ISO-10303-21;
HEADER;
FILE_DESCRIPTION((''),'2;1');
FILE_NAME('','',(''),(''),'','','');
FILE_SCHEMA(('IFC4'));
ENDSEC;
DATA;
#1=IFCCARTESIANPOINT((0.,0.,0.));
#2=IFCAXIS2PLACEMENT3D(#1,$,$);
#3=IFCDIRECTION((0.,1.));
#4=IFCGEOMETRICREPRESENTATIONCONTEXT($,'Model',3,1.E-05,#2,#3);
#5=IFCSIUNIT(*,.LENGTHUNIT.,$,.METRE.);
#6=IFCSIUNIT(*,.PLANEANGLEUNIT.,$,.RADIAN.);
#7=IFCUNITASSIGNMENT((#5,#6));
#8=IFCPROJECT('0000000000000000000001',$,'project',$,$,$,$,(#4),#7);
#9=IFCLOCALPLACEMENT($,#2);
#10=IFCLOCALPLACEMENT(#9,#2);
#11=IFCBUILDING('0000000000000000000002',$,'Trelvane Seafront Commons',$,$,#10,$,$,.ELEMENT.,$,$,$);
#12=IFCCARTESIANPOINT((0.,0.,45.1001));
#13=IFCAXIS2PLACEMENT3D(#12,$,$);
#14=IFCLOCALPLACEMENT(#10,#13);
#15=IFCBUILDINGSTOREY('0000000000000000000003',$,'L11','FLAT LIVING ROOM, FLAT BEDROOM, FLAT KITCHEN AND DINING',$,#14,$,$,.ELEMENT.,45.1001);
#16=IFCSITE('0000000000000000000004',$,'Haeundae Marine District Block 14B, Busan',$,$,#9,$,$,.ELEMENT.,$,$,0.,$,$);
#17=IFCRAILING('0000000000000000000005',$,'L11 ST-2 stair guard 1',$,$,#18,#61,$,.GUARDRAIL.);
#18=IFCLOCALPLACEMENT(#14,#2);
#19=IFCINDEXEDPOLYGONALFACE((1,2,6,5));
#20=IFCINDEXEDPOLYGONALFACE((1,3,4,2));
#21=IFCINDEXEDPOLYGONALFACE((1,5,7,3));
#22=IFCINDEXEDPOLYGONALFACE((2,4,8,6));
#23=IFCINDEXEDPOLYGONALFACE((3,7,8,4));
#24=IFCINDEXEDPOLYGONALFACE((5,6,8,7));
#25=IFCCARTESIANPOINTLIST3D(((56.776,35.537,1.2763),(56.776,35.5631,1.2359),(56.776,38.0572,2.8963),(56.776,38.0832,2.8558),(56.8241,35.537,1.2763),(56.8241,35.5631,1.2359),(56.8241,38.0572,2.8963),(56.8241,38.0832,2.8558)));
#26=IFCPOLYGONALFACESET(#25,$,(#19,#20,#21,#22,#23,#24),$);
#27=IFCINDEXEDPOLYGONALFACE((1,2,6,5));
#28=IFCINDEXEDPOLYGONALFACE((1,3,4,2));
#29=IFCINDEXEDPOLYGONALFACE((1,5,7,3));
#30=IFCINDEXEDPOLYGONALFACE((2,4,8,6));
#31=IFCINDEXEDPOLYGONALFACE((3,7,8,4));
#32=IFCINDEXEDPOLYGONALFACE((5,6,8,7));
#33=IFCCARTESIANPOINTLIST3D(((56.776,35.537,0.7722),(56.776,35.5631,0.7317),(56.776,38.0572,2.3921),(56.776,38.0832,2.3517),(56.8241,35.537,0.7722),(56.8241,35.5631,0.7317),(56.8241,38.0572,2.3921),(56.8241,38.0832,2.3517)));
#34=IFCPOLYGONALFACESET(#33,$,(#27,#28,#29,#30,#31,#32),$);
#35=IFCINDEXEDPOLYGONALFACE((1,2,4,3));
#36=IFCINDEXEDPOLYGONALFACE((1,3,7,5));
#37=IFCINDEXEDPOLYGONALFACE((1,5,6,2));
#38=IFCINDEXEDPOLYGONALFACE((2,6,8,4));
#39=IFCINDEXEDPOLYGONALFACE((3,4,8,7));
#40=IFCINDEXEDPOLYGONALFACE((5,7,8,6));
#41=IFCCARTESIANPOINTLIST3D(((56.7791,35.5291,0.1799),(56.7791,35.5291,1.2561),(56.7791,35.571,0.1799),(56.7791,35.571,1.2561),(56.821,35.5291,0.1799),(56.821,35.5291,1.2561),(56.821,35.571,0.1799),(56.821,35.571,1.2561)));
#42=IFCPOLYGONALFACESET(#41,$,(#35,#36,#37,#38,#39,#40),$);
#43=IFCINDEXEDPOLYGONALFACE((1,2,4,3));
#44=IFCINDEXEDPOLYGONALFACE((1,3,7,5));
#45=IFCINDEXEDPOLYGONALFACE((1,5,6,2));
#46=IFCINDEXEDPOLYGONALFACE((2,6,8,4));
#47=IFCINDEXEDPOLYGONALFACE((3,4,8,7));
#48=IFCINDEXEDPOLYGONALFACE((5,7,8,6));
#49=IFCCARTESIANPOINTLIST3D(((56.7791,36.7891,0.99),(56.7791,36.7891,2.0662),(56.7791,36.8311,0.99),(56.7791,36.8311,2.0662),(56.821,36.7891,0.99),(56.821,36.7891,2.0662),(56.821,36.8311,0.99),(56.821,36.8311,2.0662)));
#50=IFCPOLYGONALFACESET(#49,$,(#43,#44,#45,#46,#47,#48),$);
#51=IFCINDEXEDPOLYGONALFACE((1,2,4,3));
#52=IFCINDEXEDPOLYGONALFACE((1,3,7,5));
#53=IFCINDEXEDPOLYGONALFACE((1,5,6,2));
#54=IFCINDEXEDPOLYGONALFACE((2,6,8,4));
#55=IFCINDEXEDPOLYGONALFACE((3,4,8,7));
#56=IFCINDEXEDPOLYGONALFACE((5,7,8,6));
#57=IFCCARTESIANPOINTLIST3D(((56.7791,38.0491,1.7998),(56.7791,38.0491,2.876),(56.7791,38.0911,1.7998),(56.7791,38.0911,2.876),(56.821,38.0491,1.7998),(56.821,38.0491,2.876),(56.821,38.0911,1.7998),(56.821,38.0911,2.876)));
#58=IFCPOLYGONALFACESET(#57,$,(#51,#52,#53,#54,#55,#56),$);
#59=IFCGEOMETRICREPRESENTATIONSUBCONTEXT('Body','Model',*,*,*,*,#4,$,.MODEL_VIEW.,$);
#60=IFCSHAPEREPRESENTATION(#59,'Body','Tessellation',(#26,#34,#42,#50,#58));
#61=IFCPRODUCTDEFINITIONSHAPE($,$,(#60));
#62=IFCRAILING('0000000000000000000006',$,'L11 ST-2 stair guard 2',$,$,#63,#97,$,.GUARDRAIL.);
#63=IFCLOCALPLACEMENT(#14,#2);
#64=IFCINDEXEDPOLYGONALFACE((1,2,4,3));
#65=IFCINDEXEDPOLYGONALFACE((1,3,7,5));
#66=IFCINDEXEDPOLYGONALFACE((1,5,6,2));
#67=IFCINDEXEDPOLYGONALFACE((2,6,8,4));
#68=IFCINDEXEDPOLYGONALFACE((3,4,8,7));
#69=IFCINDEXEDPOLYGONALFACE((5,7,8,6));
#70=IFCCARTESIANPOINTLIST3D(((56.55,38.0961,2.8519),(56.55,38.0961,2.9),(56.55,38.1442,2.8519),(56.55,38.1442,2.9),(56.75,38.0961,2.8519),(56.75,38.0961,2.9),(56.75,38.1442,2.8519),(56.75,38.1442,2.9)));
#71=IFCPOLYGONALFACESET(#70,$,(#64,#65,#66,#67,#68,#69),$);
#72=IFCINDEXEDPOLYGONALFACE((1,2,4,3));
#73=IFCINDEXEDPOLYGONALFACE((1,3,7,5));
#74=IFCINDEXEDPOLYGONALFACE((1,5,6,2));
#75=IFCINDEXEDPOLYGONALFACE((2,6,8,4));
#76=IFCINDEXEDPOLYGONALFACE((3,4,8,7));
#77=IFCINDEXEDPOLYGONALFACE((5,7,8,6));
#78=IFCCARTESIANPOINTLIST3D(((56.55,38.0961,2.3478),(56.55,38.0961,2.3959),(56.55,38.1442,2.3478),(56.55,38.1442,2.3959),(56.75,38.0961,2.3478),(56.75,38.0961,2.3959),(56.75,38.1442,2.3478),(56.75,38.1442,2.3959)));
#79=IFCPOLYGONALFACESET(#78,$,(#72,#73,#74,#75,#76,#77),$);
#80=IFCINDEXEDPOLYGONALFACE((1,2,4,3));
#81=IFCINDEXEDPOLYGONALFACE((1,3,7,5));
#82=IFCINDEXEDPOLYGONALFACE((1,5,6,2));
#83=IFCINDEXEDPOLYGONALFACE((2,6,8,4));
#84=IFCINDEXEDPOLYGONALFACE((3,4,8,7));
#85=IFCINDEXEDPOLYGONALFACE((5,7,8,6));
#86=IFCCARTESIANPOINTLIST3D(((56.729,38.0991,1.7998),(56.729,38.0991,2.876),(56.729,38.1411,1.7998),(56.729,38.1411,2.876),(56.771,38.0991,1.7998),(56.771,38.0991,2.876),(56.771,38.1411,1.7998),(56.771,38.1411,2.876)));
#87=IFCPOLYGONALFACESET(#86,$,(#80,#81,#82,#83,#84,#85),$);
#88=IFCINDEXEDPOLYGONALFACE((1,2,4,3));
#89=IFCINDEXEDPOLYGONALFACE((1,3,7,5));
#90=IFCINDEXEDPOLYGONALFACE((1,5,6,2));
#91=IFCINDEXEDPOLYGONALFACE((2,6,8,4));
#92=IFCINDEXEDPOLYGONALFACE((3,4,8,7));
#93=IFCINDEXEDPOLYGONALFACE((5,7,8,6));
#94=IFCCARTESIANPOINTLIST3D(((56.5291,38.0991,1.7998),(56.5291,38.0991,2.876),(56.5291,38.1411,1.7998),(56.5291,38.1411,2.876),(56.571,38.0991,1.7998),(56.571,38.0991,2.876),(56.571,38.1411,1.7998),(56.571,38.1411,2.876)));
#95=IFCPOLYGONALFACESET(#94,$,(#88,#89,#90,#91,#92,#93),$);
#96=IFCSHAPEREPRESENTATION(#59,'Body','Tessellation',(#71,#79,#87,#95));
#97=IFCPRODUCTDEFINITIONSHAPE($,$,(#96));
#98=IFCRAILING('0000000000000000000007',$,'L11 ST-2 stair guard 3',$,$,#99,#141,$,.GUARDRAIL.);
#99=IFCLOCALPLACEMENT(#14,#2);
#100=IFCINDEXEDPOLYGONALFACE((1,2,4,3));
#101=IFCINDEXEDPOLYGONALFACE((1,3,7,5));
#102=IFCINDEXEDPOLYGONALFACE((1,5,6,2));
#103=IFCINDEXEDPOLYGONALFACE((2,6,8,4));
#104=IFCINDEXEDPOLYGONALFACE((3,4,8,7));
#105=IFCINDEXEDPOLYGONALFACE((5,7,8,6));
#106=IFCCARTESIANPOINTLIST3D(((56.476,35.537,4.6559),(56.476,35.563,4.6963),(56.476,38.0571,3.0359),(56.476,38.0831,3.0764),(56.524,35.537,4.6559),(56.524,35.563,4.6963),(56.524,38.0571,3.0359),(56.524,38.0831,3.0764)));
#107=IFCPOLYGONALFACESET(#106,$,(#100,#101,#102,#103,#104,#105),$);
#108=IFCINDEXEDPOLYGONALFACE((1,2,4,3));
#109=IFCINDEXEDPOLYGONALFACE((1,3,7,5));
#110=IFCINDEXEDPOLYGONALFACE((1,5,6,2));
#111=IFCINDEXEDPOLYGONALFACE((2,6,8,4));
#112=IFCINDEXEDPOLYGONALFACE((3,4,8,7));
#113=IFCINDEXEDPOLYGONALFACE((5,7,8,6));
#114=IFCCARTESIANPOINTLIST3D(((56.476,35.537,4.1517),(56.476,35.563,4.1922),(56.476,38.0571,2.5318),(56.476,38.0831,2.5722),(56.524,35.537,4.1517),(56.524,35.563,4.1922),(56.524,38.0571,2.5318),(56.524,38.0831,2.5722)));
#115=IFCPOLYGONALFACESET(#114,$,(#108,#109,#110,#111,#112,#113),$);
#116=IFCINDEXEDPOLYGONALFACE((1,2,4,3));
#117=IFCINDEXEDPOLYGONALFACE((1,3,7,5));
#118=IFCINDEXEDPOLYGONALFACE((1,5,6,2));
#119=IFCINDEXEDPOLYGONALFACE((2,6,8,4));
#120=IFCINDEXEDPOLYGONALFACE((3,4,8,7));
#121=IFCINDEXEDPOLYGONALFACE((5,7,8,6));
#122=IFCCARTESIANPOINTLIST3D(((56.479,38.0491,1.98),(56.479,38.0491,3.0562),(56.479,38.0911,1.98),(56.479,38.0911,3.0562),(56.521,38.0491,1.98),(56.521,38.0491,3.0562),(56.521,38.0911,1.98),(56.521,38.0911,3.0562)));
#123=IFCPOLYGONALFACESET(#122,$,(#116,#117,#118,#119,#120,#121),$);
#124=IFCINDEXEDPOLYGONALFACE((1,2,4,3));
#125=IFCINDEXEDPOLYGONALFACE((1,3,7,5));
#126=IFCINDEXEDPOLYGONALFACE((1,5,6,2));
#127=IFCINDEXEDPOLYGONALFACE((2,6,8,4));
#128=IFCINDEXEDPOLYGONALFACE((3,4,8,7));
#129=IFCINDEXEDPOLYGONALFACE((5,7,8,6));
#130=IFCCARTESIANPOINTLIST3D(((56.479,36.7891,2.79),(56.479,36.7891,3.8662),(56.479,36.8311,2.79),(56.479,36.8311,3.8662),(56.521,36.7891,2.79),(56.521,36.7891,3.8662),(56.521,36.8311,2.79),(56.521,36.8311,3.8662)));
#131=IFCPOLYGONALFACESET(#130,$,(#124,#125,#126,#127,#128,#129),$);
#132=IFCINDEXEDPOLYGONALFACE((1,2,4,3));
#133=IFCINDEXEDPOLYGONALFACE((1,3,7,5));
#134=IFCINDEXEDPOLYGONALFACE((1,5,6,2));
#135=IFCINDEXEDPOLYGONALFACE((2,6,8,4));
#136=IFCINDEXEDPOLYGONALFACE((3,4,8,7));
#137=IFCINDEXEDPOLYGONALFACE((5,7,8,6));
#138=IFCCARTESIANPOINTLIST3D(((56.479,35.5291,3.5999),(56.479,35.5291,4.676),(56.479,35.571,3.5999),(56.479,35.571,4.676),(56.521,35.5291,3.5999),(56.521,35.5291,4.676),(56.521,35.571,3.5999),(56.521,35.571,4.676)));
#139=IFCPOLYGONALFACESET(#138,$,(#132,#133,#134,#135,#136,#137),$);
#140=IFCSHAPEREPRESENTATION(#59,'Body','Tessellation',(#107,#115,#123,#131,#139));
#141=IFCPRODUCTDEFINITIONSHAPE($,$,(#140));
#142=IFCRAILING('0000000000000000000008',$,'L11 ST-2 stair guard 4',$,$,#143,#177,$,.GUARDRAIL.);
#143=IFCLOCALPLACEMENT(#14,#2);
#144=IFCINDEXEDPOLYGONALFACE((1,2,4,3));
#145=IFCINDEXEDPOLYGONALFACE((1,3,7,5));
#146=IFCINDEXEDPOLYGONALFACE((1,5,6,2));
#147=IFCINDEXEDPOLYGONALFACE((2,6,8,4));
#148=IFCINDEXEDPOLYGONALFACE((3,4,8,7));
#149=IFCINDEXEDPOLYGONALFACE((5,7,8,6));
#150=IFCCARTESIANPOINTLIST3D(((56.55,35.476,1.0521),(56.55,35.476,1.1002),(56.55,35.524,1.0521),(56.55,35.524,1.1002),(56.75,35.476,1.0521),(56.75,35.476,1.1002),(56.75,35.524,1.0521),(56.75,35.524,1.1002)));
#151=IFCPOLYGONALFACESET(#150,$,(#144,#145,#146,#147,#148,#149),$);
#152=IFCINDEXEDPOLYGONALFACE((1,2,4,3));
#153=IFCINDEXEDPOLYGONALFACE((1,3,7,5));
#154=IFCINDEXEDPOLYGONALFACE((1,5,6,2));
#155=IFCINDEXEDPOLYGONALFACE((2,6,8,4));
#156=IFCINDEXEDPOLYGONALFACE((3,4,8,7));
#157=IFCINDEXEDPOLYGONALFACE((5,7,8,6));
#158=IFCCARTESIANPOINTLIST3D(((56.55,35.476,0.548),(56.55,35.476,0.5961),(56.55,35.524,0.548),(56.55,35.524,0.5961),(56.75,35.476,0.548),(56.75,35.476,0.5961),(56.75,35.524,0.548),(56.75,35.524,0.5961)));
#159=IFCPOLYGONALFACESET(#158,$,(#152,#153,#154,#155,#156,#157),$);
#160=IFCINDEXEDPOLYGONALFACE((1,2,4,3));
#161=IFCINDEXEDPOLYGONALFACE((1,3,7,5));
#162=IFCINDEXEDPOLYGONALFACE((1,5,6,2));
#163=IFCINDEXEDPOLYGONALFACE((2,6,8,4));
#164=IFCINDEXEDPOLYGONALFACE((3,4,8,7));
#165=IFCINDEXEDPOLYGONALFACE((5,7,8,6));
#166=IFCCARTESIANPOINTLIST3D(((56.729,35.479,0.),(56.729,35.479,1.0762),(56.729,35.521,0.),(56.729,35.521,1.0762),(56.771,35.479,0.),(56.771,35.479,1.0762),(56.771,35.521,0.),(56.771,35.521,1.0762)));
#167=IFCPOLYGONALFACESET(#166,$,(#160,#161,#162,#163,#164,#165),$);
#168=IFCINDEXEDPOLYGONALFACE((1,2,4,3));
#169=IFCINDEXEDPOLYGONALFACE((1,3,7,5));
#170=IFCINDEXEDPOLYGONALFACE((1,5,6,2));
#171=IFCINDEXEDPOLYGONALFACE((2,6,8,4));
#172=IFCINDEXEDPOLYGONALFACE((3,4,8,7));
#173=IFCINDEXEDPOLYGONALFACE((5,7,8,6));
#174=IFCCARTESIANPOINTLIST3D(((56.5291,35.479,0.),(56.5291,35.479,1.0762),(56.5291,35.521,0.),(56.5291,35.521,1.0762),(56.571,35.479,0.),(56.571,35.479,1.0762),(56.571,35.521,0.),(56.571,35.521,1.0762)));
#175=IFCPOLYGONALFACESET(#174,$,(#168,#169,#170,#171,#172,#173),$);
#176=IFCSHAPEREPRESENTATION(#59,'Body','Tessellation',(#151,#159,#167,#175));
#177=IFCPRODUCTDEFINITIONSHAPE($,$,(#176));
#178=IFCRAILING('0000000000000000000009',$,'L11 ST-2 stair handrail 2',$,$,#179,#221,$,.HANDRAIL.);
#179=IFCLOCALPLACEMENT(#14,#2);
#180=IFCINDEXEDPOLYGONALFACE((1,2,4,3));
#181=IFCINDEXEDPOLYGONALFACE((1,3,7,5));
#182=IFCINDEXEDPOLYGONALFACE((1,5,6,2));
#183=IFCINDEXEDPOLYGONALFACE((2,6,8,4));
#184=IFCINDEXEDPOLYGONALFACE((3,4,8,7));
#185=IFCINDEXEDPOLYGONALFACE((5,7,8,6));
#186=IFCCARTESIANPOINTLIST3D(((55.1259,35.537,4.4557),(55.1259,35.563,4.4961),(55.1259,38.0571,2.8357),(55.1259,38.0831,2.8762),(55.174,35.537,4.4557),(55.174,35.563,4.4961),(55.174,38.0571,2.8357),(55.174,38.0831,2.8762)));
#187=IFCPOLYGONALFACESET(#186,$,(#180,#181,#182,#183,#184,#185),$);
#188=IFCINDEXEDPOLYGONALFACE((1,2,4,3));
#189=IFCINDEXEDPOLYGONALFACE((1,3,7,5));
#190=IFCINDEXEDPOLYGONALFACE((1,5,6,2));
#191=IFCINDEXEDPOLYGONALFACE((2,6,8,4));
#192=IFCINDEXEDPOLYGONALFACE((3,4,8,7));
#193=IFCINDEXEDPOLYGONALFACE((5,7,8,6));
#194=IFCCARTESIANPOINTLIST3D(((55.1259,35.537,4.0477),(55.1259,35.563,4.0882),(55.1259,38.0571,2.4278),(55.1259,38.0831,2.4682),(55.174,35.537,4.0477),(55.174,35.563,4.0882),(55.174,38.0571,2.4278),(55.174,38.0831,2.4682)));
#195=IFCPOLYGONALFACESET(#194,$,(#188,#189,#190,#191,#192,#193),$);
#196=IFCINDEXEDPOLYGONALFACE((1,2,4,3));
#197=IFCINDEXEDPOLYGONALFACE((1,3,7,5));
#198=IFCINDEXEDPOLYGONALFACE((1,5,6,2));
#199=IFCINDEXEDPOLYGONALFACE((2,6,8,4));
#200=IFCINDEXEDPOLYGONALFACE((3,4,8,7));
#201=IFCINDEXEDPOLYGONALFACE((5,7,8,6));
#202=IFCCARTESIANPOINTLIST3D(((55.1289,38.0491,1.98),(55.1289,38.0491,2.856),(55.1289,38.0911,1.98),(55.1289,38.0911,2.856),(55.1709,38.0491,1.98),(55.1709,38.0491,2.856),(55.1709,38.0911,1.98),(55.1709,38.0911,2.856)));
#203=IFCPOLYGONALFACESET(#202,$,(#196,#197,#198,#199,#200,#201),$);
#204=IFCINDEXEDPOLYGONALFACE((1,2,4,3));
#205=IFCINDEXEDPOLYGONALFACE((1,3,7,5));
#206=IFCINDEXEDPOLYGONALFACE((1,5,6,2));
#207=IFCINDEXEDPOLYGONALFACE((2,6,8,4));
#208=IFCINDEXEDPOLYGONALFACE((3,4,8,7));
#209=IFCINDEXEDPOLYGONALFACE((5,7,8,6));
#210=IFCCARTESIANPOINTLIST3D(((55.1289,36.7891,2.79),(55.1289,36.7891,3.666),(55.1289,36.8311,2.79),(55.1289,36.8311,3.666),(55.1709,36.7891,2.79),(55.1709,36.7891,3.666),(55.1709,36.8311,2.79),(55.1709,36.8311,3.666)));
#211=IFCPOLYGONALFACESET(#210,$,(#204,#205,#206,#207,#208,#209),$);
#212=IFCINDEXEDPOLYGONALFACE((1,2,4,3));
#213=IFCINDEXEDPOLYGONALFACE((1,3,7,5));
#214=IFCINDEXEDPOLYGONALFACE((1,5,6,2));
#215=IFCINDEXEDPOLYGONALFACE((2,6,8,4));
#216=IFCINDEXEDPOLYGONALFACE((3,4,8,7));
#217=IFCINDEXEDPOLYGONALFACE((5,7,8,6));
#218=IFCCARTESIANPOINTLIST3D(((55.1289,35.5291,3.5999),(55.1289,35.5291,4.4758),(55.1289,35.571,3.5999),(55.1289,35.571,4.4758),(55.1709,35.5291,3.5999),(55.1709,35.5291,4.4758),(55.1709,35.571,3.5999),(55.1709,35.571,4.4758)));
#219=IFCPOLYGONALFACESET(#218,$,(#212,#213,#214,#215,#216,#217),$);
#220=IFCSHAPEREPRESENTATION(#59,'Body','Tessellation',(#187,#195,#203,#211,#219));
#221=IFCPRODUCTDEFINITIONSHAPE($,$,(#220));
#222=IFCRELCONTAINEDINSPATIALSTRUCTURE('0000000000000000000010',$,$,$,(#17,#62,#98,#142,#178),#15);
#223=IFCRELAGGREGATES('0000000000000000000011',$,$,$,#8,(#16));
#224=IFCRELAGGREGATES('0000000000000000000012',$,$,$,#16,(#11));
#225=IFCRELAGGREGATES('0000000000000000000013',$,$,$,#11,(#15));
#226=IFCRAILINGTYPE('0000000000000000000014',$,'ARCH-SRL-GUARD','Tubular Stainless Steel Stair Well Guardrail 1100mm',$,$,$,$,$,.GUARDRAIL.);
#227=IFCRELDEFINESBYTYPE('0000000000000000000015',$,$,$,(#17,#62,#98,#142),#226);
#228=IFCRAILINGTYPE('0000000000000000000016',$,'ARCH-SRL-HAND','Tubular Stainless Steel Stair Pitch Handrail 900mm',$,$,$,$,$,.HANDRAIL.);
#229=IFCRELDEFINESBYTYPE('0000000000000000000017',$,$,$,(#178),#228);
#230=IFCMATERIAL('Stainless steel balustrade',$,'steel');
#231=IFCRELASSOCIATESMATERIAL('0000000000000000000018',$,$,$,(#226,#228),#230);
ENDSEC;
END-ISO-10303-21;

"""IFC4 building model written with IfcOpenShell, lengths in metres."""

from ifc_helpers import new_model, si_unit, direction, frame, origin, origin_2d, place, context, subcontext, project, spatial, rectangle, extrude, material, type_object, element, save


model = new_model("IFC4")

# Units and contexts
model_context = context("Model", 3, precision=1e-05, world=origin(), true_north=direction((0.0, 1.0)))
body_context = subcontext(model_context, "Body", "Model", "MODEL_VIEW")
ifc_project = project(units=[si_unit("LENGTHUNIT", "METRE"), si_unit("PLANEANGLEUNIT", "RADIAN")], contexts=[model_context])

# Site, building, storey
site_placement = place(None, origin())
site = spatial("IfcSite", under=ifc_project, at=site_placement, Name="Haeundae Marine District Block 14B, Busan", CompositionType="ELEMENT", RefElevation=0.0)
building_placement = place(site_placement, origin())
building = spatial("IfcBuilding", under=site, at=building_placement, Name="Trelvane Seafront Commons", CompositionType="ELEMENT")
storey_placement = place(building_placement, frame((0.0, 0.0, 45.1001)))
storey = spatial("IfcBuildingStorey", under=building, at=storey_placement, Name="L11", Description="FLAT LIVING ROOM, FLAT BEDROOM, FLAT KITCHEN AND DINING", CompositionType="ELEMENT", Elevation=45.1001)

# Railings
ifc_material_1 = material(Name="Stainless steel balustrade", Category="steel")
railing_type_1 = type_object("IfcRailingType", Name="ARCH-SRL-GUARD", Description="Tubular Stainless Steel Stair Well Guardrail 1100mm", PredefinedType="GUARDRAIL", material=ifc_material_1)
railing_1_placement = place(storey_placement, frame((56.8, 35.55, 0.1799)))
element("IfcRailing", 1, at=railing_1_placement, inside=storey, type_object=railing_type_1, Name="L11 ST-2 stair guard 1", PredefinedType="GUARDRAIL", context=body_context, shape_type="SweptSolid", body=[
    extrude(rectangle(XDim=0.0481, YDim=0.0481, at=origin_2d()), frame((0.0, 0.0, 1.0762), z_axis=(0.0, 0.8412, 0.540725), x_axis=(-1.0, 0.0, 0.0)), (0.0, 0.0, 1.0), 2.9958),
    extrude(rectangle(XDim=0.0481, YDim=0.0481, at=origin_2d()), frame((0.0, 0.0, 0.572), z_axis=(0.0, 0.8412, 0.540725), x_axis=(-1.0, 0.0, 0.0)), (0.0, 0.0, 1.0), 2.9958),
    extrude(rectangle(XDim=0.042, YDim=0.042, at=origin_2d()), origin(), (0.0, 0.0, 1.0), 1.0762),
    extrude(rectangle(XDim=0.042, YDim=0.042, at=origin_2d()), frame((0.0, 1.26, 0.8101)), (0.0, 0.0, 1.0), 1.0762),
    extrude(rectangle(XDim=0.042, YDim=0.042, at=origin_2d()), frame((0.0, 2.52, 1.6199)), (0.0, 0.0, 1.0), 1.0762),
])
railing_2_placement = place(storey_placement, frame((56.75, 38.1201, 1.7998)))
element("IfcRailing", 2, at=railing_2_placement, inside=storey, type_object=railing_type_1, Name="L11 ST-2 stair guard 2", PredefinedType="GUARDRAIL", context=body_context, shape_type="SweptSolid", body=[
    extrude(rectangle(XDim=0.0481, YDim=0.0481, at=origin_2d()), frame((0.0, 0.0, 1.0762), z_axis=(-1.0, 0.0, 0.0), x_axis=(0.0, -1.0, 0.0)), (0.0, 0.0, 1.0), 0.2),
    extrude(rectangle(XDim=0.0481, YDim=0.0481, at=origin_2d()), frame((0.0, 0.0, 0.572), z_axis=(-1.0, 0.0, 0.0), x_axis=(0.0, -1.0, 0.0)), (0.0, 0.0, 1.0), 0.2),
    extrude(rectangle(XDim=0.042, YDim=0.042, at=origin_2d()), origin(), (0.0, 0.0, 1.0), 1.0762),
    extrude(rectangle(XDim=0.042, YDim=0.042, at=origin_2d()), frame((-0.2, 0.0, 0.0)), (0.0, 0.0, 1.0), 1.0762),
])
railing_3_placement = place(storey_placement, frame((56.5, 38.0701, 1.98)))
element("IfcRailing", 3, at=railing_3_placement, inside=storey, type_object=railing_type_1, Name="L11 ST-2 stair guard 3", PredefinedType="GUARDRAIL", context=body_context, shape_type="SweptSolid", body=[
    extrude(rectangle(XDim=0.0481, YDim=0.0481, at=origin_2d()), frame((0.0, 0.0, 1.0762), z_axis=(0.0, -0.8412, 0.540725), x_axis=(1.0, 0.0, 0.0)), (0.0, 0.0, 1.0), 2.9958),
    extrude(rectangle(XDim=0.0481, YDim=0.0481, at=origin_2d()), frame((0.0, 0.0, 0.572), z_axis=(0.0, -0.8412, 0.540725), x_axis=(1.0, 0.0, 0.0)), (0.0, 0.0, 1.0), 2.9958),
    extrude(rectangle(XDim=0.042, YDim=0.042, at=origin_2d()), origin(), (0.0, 0.0, 1.0), 1.0762),
    extrude(rectangle(XDim=0.042, YDim=0.042, at=origin_2d()), frame((0.0, -1.26, 0.8101)), (0.0, 0.0, 1.0), 1.0762),
    extrude(rectangle(XDim=0.042, YDim=0.042, at=origin_2d()), frame((0.0, -2.52, 1.6199)), (0.0, 0.0, 1.0), 1.0762),
])
railing_4_placement = place(storey_placement, frame((56.75, 35.5, 0.0)))
element("IfcRailing", 4, at=railing_4_placement, inside=storey, type_object=railing_type_1, Name="L11 ST-2 stair guard 4", PredefinedType="GUARDRAIL", context=body_context, shape_type="SweptSolid", body=[
    extrude(rectangle(XDim=0.0481, YDim=0.0481, at=origin_2d()), frame((0.0, 0.0, 1.0762), z_axis=(-1.0, 0.0, 0.0), x_axis=(0.0, -1.0, 0.0)), (0.0, 0.0, 1.0), 0.2),
    extrude(rectangle(XDim=0.0481, YDim=0.0481, at=origin_2d()), frame((0.0, 0.0, 0.572), z_axis=(-1.0, 0.0, 0.0), x_axis=(0.0, -1.0, 0.0)), (0.0, 0.0, 1.0), 0.2),
    extrude(rectangle(XDim=0.042, YDim=0.042, at=origin_2d()), origin(), (0.0, 0.0, 1.0), 1.0762),
    extrude(rectangle(XDim=0.042, YDim=0.042, at=origin_2d()), frame((-0.2, 0.0, 0.0)), (0.0, 0.0, 1.0), 1.0762),
])
railing_type_2 = type_object("IfcRailingType", Name="ARCH-SRL-HAND", Description="Tubular Stainless Steel Stair Pitch Handrail 900mm", PredefinedType="HANDRAIL", material=ifc_material_1)
railing_5_placement = place(storey_placement, frame((55.1499, 38.0701, 1.98)))
element("IfcRailing", 5, at=railing_5_placement, inside=storey, type_object=railing_type_2, Name="L11 ST-2 stair handrail 2", PredefinedType="HANDRAIL", context=body_context, shape_type="SweptSolid", body=[
    extrude(rectangle(XDim=0.0481, YDim=0.0481, at=origin_2d()), frame((0.0, 0.0, 0.876), z_axis=(0.0, -0.8412, 0.540725), x_axis=(1.0, 0.0, 0.0)), (0.0, 0.0, 1.0), 2.9958),
    extrude(rectangle(XDim=0.0481, YDim=0.0481, at=origin_2d()), frame((0.0, 0.0, 0.468), z_axis=(0.0, -0.8412, 0.540725), x_axis=(1.0, 0.0, 0.0)), (0.0, 0.0, 1.0), 2.9958),
    extrude(rectangle(XDim=0.042, YDim=0.042, at=origin_2d()), origin(), (0.0, 0.0, 1.0), 0.876),
    extrude(rectangle(XDim=0.042, YDim=0.042, at=origin_2d()), frame((0.0, -1.26, 0.8101)), (0.0, 0.0, 1.0), 0.876),
    extrude(rectangle(XDim=0.042, YDim=0.042, at=origin_2d()), frame((0.0, -2.52, 1.6199)), (0.0, 0.0, 1.0), 0.876),
])

save(model, "model.ifc")
